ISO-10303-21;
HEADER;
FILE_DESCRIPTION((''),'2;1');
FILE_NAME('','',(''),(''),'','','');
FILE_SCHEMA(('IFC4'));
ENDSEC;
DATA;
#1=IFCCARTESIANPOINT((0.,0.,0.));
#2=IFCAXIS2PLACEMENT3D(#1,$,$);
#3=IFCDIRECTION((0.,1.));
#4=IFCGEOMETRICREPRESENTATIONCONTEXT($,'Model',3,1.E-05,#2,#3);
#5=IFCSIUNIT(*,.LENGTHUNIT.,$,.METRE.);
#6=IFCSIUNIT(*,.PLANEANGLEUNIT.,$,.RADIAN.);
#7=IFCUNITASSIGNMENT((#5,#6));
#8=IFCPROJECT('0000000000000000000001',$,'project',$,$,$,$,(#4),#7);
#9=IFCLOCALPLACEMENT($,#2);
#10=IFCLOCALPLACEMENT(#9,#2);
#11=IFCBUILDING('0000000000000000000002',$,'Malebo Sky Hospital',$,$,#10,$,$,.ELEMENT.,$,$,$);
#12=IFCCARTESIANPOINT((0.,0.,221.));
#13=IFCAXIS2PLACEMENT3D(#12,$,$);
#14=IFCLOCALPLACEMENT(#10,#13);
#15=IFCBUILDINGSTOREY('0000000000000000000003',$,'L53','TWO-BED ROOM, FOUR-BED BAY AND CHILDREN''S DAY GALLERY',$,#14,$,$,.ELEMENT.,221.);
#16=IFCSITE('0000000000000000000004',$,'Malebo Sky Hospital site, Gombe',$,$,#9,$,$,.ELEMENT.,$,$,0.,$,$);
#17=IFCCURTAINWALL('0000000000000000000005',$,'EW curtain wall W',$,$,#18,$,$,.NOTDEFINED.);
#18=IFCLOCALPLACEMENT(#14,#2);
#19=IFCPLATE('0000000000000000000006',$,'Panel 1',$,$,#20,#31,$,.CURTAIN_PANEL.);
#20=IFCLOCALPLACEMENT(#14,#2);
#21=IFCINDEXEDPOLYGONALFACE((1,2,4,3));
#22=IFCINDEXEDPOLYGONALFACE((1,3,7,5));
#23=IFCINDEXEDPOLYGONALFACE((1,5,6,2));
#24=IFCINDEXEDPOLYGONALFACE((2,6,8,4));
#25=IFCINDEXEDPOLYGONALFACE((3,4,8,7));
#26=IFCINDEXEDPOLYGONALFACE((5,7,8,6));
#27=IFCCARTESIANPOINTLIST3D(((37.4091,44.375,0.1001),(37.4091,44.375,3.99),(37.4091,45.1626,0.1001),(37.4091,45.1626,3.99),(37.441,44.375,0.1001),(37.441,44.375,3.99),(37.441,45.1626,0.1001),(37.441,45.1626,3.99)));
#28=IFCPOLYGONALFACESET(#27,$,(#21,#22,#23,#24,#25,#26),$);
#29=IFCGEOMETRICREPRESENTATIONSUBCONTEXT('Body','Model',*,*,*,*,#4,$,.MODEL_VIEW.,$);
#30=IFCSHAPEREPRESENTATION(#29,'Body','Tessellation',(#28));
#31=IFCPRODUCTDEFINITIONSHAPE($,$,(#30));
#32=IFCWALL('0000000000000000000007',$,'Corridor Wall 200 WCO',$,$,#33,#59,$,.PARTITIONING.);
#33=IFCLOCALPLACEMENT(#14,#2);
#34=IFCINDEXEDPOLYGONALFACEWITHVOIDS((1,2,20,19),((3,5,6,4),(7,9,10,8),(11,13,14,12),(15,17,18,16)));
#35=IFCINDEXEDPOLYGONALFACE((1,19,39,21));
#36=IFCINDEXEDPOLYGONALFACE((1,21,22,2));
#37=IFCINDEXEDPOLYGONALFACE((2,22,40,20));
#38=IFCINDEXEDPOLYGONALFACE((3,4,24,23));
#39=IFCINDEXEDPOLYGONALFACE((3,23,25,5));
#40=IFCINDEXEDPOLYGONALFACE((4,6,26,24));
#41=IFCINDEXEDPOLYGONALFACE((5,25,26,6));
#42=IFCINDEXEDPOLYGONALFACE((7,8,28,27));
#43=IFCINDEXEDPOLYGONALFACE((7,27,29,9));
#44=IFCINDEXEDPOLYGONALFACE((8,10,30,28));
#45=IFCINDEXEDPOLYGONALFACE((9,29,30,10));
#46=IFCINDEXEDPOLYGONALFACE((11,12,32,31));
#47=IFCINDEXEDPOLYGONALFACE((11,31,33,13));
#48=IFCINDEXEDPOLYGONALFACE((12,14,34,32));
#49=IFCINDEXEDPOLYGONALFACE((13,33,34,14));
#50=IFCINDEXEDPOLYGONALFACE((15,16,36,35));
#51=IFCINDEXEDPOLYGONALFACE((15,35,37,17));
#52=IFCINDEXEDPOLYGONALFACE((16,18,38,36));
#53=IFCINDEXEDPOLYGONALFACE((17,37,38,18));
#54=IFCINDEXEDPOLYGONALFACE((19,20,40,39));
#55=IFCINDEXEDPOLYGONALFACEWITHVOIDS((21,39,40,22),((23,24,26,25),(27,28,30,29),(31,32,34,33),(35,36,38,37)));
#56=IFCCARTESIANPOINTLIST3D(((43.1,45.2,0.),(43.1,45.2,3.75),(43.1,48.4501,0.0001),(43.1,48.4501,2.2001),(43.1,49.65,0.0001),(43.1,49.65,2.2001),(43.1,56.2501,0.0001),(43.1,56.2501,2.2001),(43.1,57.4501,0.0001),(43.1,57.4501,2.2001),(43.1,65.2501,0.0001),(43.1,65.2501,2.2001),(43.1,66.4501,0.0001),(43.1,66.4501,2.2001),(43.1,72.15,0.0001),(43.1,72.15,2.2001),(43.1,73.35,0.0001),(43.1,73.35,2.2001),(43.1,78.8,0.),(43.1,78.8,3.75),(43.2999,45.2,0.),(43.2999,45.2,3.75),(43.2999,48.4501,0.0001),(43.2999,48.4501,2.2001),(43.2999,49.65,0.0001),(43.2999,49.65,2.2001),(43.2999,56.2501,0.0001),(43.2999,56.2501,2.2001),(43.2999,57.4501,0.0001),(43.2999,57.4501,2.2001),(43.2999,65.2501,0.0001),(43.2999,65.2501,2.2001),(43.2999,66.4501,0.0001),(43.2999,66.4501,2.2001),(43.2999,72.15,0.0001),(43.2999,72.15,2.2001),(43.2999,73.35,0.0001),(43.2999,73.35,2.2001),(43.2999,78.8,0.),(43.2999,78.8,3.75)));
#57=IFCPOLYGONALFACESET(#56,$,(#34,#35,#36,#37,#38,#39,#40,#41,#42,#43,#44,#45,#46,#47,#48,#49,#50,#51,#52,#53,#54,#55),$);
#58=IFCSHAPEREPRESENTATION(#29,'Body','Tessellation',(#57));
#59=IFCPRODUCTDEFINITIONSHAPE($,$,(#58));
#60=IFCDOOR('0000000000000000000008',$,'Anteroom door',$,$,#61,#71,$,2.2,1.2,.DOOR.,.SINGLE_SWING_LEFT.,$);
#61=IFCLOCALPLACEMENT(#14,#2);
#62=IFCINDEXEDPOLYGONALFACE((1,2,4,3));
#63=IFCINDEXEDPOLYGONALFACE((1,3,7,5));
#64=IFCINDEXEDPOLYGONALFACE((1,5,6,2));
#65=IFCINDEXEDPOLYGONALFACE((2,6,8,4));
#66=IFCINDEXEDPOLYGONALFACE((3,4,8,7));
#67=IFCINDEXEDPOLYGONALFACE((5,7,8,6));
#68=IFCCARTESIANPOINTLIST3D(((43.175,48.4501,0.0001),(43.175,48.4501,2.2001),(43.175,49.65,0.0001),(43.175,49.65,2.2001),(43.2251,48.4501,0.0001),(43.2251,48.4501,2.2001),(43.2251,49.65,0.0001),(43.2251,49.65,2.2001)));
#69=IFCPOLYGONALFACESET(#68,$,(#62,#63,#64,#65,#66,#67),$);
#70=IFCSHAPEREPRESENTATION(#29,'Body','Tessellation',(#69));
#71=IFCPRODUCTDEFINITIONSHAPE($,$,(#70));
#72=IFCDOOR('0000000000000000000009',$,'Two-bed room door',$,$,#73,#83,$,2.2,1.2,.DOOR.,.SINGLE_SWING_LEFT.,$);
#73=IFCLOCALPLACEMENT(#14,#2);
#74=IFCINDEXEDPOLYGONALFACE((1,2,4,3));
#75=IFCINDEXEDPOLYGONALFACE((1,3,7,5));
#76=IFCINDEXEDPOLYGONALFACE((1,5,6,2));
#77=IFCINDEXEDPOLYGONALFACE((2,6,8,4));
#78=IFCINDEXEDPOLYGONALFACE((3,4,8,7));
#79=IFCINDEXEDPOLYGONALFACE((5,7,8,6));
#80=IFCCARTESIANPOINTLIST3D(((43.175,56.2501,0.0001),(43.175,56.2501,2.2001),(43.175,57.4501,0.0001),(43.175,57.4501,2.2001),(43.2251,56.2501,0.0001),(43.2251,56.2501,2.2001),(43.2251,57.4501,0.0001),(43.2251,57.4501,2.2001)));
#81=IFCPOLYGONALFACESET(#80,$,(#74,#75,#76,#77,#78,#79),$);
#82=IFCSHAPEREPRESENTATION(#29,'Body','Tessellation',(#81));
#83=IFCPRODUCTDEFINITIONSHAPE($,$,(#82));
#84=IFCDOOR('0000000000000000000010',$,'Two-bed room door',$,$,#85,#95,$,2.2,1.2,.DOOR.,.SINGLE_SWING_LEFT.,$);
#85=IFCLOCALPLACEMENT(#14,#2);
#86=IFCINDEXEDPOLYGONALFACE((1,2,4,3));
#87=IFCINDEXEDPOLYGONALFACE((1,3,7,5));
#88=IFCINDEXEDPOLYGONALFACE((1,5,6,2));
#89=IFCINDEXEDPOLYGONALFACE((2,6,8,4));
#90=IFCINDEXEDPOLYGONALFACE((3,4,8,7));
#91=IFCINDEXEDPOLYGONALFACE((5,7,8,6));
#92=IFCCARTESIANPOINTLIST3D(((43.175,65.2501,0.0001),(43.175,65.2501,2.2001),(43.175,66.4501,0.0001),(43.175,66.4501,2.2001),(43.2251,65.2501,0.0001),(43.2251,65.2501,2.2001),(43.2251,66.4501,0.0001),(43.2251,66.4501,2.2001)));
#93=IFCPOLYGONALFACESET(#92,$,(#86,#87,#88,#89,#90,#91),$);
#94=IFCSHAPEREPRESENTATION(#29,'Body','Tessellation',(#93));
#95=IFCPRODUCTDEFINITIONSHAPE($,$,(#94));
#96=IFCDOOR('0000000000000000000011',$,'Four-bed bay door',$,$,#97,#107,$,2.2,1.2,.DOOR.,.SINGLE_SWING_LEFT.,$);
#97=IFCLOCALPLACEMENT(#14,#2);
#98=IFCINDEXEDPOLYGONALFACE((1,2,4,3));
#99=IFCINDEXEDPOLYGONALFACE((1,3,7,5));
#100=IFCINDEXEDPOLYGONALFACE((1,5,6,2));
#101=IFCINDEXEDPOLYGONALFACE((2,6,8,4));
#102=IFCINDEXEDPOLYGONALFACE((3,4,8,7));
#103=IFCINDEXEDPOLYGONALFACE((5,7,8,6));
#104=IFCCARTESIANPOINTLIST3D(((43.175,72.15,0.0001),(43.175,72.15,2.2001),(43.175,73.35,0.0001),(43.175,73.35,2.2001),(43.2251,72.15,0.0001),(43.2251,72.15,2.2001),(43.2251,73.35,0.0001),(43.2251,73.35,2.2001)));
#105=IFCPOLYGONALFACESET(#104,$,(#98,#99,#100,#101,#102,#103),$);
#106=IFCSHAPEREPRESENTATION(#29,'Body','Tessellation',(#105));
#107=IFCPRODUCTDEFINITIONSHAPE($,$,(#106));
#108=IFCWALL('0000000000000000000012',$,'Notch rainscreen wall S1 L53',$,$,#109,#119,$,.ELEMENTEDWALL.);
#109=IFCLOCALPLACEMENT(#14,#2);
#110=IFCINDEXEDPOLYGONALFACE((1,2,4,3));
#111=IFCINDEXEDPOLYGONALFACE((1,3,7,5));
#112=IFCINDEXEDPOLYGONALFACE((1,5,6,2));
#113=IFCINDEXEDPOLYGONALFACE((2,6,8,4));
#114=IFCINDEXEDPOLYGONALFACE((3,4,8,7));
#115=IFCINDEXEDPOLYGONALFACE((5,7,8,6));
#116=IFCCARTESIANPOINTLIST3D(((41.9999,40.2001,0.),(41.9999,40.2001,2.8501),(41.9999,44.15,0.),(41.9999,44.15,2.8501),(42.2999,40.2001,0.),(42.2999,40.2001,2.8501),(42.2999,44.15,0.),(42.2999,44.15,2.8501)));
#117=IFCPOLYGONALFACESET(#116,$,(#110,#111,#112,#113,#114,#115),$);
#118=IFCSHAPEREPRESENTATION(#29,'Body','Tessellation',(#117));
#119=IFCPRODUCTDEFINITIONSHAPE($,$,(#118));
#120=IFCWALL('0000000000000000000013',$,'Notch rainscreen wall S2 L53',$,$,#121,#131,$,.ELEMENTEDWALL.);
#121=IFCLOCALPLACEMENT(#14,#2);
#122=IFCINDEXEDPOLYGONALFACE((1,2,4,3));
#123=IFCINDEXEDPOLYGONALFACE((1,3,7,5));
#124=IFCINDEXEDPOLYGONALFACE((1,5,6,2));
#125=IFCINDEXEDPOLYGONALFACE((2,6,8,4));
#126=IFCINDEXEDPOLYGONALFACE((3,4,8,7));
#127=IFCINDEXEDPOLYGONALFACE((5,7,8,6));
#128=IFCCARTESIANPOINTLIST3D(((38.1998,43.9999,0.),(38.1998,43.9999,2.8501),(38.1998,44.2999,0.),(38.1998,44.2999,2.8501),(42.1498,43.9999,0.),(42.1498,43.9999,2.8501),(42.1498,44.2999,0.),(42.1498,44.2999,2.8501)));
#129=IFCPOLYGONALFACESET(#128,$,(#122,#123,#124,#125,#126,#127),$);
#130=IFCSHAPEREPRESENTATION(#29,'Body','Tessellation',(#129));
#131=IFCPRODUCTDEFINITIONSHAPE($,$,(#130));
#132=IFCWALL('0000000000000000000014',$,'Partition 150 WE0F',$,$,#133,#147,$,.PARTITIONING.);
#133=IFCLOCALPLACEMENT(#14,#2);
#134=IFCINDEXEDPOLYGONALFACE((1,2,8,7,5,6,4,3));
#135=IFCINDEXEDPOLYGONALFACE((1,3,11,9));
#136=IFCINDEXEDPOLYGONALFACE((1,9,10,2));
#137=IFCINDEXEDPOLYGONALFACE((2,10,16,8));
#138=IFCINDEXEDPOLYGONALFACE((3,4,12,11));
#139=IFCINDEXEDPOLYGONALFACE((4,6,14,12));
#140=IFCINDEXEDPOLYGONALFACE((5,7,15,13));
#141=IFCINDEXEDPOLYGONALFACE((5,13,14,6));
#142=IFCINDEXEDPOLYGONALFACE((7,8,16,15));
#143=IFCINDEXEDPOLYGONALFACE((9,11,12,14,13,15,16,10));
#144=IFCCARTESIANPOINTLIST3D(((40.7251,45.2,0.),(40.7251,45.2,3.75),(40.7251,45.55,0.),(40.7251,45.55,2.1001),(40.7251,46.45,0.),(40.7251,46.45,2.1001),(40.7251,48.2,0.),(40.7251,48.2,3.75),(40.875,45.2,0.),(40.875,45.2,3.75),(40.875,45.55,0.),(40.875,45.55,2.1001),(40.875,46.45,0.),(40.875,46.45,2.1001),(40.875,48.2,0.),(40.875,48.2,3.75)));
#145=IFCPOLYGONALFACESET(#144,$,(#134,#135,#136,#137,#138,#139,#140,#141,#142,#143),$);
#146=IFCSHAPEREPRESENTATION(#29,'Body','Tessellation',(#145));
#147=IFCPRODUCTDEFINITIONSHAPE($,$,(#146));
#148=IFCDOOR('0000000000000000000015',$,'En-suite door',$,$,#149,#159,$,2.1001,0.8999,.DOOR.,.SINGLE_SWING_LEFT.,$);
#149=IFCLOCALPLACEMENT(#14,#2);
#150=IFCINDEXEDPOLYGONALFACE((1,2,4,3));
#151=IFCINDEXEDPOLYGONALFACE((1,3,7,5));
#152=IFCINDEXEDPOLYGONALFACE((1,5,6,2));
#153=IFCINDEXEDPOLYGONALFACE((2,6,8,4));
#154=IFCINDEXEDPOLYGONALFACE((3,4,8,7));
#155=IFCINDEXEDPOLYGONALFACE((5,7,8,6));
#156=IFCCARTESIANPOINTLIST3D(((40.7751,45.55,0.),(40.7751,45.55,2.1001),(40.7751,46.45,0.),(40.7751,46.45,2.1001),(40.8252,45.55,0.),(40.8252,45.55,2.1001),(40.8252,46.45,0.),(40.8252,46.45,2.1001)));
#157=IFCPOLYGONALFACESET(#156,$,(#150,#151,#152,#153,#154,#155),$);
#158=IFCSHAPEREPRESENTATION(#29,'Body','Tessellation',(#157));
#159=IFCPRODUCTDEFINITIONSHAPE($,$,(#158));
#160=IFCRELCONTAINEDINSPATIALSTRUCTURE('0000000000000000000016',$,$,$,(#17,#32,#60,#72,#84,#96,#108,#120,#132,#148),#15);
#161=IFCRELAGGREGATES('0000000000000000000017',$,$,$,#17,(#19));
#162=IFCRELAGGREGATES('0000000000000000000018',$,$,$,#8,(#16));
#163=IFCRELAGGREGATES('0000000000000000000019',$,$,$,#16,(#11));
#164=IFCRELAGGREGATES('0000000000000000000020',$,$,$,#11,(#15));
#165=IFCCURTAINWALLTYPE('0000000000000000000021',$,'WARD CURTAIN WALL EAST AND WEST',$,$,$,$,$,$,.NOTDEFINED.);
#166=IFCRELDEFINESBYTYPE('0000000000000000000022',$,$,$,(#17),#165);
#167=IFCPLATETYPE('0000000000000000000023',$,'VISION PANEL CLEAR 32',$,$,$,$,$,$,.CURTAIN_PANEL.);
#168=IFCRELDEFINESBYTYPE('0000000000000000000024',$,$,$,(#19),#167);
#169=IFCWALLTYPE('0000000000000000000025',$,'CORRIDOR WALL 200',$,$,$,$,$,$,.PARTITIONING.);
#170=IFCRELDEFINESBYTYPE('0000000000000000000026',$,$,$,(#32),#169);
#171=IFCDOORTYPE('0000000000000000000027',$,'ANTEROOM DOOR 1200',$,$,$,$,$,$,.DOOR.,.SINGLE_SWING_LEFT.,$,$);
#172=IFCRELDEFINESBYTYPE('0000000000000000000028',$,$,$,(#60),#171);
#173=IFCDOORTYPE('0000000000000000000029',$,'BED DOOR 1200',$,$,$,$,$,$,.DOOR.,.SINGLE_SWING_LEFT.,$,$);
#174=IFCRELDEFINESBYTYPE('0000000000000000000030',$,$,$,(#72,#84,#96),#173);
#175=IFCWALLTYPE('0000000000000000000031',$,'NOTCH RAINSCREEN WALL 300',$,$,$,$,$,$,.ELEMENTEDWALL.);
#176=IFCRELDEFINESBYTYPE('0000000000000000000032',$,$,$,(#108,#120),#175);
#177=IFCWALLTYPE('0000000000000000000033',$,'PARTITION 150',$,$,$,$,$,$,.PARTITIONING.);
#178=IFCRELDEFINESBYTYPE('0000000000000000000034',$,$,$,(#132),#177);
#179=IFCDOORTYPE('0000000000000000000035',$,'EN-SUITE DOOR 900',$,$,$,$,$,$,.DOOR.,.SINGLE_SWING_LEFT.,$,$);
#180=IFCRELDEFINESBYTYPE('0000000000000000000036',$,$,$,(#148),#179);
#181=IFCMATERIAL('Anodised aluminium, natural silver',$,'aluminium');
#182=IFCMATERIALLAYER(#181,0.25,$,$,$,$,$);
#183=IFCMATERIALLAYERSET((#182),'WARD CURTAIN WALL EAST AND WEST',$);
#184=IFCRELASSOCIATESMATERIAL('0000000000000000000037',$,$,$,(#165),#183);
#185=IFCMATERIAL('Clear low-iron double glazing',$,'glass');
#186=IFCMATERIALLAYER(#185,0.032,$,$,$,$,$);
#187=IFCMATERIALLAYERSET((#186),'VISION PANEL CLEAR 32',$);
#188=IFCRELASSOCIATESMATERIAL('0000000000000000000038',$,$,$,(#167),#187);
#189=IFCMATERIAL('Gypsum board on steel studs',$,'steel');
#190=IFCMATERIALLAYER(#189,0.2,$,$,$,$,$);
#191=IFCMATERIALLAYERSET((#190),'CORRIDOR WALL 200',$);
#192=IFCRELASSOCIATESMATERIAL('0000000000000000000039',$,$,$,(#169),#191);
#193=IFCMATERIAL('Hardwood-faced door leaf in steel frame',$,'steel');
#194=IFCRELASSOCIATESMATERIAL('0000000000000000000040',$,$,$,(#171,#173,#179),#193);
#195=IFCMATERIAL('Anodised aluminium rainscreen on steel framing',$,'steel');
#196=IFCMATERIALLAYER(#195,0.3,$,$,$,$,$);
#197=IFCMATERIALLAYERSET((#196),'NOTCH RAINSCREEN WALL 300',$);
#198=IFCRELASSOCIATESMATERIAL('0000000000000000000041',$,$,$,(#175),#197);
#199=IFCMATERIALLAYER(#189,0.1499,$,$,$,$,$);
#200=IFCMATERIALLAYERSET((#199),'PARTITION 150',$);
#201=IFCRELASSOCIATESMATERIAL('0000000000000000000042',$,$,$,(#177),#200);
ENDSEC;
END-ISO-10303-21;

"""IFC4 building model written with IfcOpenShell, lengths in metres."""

from ifc_helpers import new_model, si_unit, direction, frame, frame_2d, origin, origin_2d, place, context, subcontext, project, spatial, rectangle, extrude, material, layer, layer_set, type_object, element, fill, aggregate, save


model = new_model("IFC4")

# Units and contexts
model_context = context("Model", 3, precision=1e-05, world=origin(), true_north=direction((0.0, 1.0)))
body_context = subcontext(model_context, "Body", "Model", "MODEL_VIEW")
ifc_project = project(units=[si_unit("LENGTHUNIT", "METRE"), si_unit("PLANEANGLEUNIT", "RADIAN")], contexts=[model_context])

# Site, building, storey
site_placement = place(None, origin())
site = spatial("IfcSite", under=ifc_project, at=site_placement, Name="Malebo Sky Hospital site, Gombe", CompositionType="ELEMENT", RefElevation=0.0)
building_placement = place(site_placement, origin())
building = spatial("IfcBuilding", under=site, at=building_placement, Name="Malebo Sky Hospital", CompositionType="ELEMENT")
storey_placement = place(building_placement, frame((0.0, 0.0, 221.0)))
storey = spatial("IfcBuildingStorey", under=building, at=storey_placement, Name="L53", Description="TWO-BED ROOM, FOUR-BED BAY AND CHILDREN'S DAY GALLERY", CompositionType="ELEMENT", Elevation=221.0)

# Curtain wall
ifc_material_1 = material(Name="Anodised aluminium, natural silver", Category="aluminium")
ifc_layer_1 = layer(ifc_material_1, 0.25)
ifc_layer_set_1 = layer_set([ifc_layer_1], Name="WARD CURTAIN WALL EAST AND WEST")
curtain_wall_type_1 = type_object("IfcCurtainWallType", Name="WARD CURTAIN WALL EAST AND WEST", PredefinedType="NOTDEFINED", material=ifc_layer_set_1)
curtain_wall_1_placement = place(storey_placement, origin())
curtain_wall_1 = element("IfcCurtainWall", 1, at=curtain_wall_1_placement, inside=storey, type_object=curtain_wall_type_1, Name="EW curtain wall W", PredefinedType="NOTDEFINED")

# Plate
ifc_material_2 = material(Name="Clear low-iron double glazing", Category="glass")
ifc_layer_2 = layer(ifc_material_2, 0.032)
ifc_layer_set_2 = layer_set([ifc_layer_2], Name="VISION PANEL CLEAR 32")
plate_type = type_object("IfcPlateType", Name="VISION PANEL CLEAR 32", PredefinedType="CURTAIN_PANEL", material=ifc_layer_set_2)
plate_placement = place(storey_placement, frame((37.425, 44.7688, 0.1001), z_axis=(0.0, 0.0, 1.0), x_axis=(0.0, 1.0, 0.0)))
plate = element("IfcPlate", 2, at=plate_placement, type_object=plate_type, Name="Panel 1", PredefinedType="CURTAIN_PANEL", context=body_context, shape_type="SweptSolid", body=[
    extrude(rectangle(XDim=0.7876, YDim=0.032, at=origin_2d()), origin(), (0.0, 0.0, 1.0), 3.8899),
])
aggregate(curtain_wall_1, [plate])

# Wall, openings, doors
ifc_material_3 = material(Name="Gypsum board on steel studs", Category="steel")
ifc_layer_3 = layer(ifc_material_3, 0.2)
ifc_layer_set_3 = layer_set([ifc_layer_3], Name="CORRIDOR WALL 200")
wall_type_1 = type_object("IfcWallType", Name="CORRIDOR WALL 200", PredefinedType="PARTITIONING", material=ifc_layer_set_3)
wall_1_placement = place(storey_placement, frame((43.2, 45.2, 0.0), z_axis=(0.0, 0.0, 1.0), x_axis=(0.0, 1.0, 0.0)))
wall_1 = element("IfcWall", 3, at=wall_1_placement, inside=storey, type_object=wall_type_1, Name="Corridor Wall 200 WCO", PredefinedType="PARTITIONING", context=body_context, shape_type="SweptSolid", body=[
    extrude(rectangle(XDim=33.6001, YDim=0.2, at=frame_2d((16.8, 0.0))), origin(), (0.0, 0.0, 1.0), 3.75),
])
opening_1_placement = place(wall_1_placement, frame((3.25, 0.0, 0.0)))
opening_1 = element("IfcOpeningElement", 4, at=opening_1_placement, cuts=wall_1, PredefinedType="OPENING", context=body_context, shape_type="SweptSolid", body=[
    extrude(rectangle(XDim=1.2, YDim=2.2, at=frame_2d((0.6001, 1.1001))), frame((0.0, 0.1099, 0.0), z_axis=(0.0, -1.0, 0.0), x_axis=(1.0, 0.0, 0.0)), (0.0, 0.0, 1.0), 0.22),
])
opening_2_placement = place(wall_1_placement, frame((11.05, 0.0, 0.0)))
opening_2 = element("IfcOpeningElement", 5, at=opening_2_placement, cuts=wall_1, PredefinedType="OPENING", context=body_context, shape_type="SweptSolid", body=[
    extrude(rectangle(XDim=1.2, YDim=2.2, at=frame_2d((0.6001, 1.1001))), frame((0.0, 0.1099, 0.0), z_axis=(0.0, -1.0, 0.0), x_axis=(1.0, 0.0, 0.0)), (0.0, 0.0, 1.0), 0.22),
])
opening_3_placement = place(wall_1_placement, frame((20.05, 0.0, 0.0)))
opening_3 = element("IfcOpeningElement", 6, at=opening_3_placement, cuts=wall_1, PredefinedType="OPENING", context=body_context, shape_type="SweptSolid", body=[
    extrude(rectangle(XDim=1.2, YDim=2.2, at=frame_2d((0.6001, 1.1001))), frame((0.0, 0.1099, 0.0), z_axis=(0.0, -1.0, 0.0), x_axis=(1.0, 0.0, 0.0)), (0.0, 0.0, 1.0), 0.22),
])
opening_4_placement = place(wall_1_placement, frame((26.95, 0.0, 0.0)))
opening_4 = element("IfcOpeningElement", 7, at=opening_4_placement, cuts=wall_1, PredefinedType="OPENING", context=body_context, shape_type="SweptSolid", body=[
    extrude(rectangle(XDim=1.2, YDim=2.2, at=frame_2d((0.6001, 1.1001))), frame((0.0, 0.1099, 0.0), z_axis=(0.0, -1.0, 0.0), x_axis=(1.0, 0.0, 0.0)), (0.0, 0.0, 1.0), 0.22),
])
ifc_material_4 = material(Name="Hardwood-faced door leaf in steel frame", Category="steel")
door_type_1 = type_object("IfcDoorType", Name="ANTEROOM DOOR 1200", OperationType="SINGLE_SWING_LEFT", PredefinedType="DOOR", material=ifc_material_4)
door_1_placement = place(opening_1_placement, origin())
door_1 = element("IfcDoor", 8, at=door_1_placement, inside=storey, type_object=door_type_1, Name="Anteroom door", OperationType="SINGLE_SWING_LEFT", OverallHeight=2.2, OverallWidth=1.2, PredefinedType="DOOR", context=body_context, shape_type="SweptSolid", body=[
    extrude(rectangle(XDim=1.2, YDim=2.2, at=frame_2d((0.6001, 1.1001))), frame((0.0, 0.0249, 0.0), z_axis=(0.0, -1.0, 0.0), x_axis=(1.0, 0.0, 0.0)), (0.0, 0.0, 1.0), 0.05),
])
fill(opening_1, door_1)
door_type_2 = type_object("IfcDoorType", Name="BED DOOR 1200", OperationType="SINGLE_SWING_LEFT", PredefinedType="DOOR", material=ifc_material_4)
door_2_placement = place(opening_2_placement, origin())
door_2 = element("IfcDoor", 9, at=door_2_placement, inside=storey, type_object=door_type_2, Name="Two-bed room door", OperationType="SINGLE_SWING_LEFT", OverallHeight=2.2, OverallWidth=1.2, PredefinedType="DOOR", context=body_context, shape_type="SweptSolid", body=[
    extrude(rectangle(XDim=1.2, YDim=2.2, at=frame_2d((0.6001, 1.1001))), frame((0.0, 0.0249, 0.0), z_axis=(0.0, -1.0, 0.0), x_axis=(1.0, 0.0, 0.0)), (0.0, 0.0, 1.0), 0.05),
])
fill(opening_2, door_2)
door_3_placement = place(opening_3_placement, origin())
door_3 = element("IfcDoor", 10, at=door_3_placement, inside=storey, type_object=door_type_2, Name="Two-bed room door", OperationType="SINGLE_SWING_LEFT", OverallHeight=2.2, OverallWidth=1.2, PredefinedType="DOOR", context=body_context, shape_type="SweptSolid", body=[
    extrude(rectangle(XDim=1.2, YDim=2.2, at=frame_2d((0.6001, 1.1001))), frame((0.0, 0.0249, 0.0), z_axis=(0.0, -1.0, 0.0), x_axis=(1.0, 0.0, 0.0)), (0.0, 0.0, 1.0), 0.05),
])
fill(opening_3, door_3)
door_4_placement = place(opening_4_placement, origin())
door_4 = element("IfcDoor", 11, at=door_4_placement, inside=storey, type_object=door_type_2, Name="Four-bed bay door", OperationType="SINGLE_SWING_LEFT", OverallHeight=2.2, OverallWidth=1.2, PredefinedType="DOOR", context=body_context, shape_type="SweptSolid", body=[
    extrude(rectangle(XDim=1.2, YDim=2.2, at=frame_2d((0.6001, 1.1001))), frame((0.0, 0.0249, 0.0), z_axis=(0.0, -1.0, 0.0), x_axis=(1.0, 0.0, 0.0)), (0.0, 0.0, 1.0), 0.05),
])
fill(opening_4, door_4)

# Walls
ifc_material_5 = material(Name="Anodised aluminium rainscreen on steel framing", Category="steel")
ifc_layer_4 = layer(ifc_material_5, 0.3)
ifc_layer_set_4 = layer_set([ifc_layer_4], Name="NOTCH RAINSCREEN WALL 300")
wall_type_2 = type_object("IfcWallType", Name="NOTCH RAINSCREEN WALL 300", PredefinedType="ELEMENTEDWALL", material=ifc_layer_set_4)
for number, where, z_axis, x_axis, name in (
    (12, (42.1499, 40.2, 0.0), (0.0, 0.0, 1.0), (0.0, 1.0, 0.0), "Notch rainscreen wall S1 L53"),
    (13, (42.1499, 44.1499, 0.0), (0.0, 0.0, 1.0), (-1.0, 0.0, 0.0), "Notch rainscreen wall S2 L53"),
):
    element("IfcWall", number, at=place(storey_placement, frame(where, z_axis=z_axis, x_axis=x_axis)), inside=storey, type_object=wall_type_2, Name=name, PredefinedType="ELEMENTEDWALL", context=body_context, shape_type="SweptSolid", body=[
        extrude(rectangle(XDim=3.95, YDim=0.3, at=frame_2d((1.9751, 0.0))), origin(), (0.0, 0.0, 1.0), 2.8501),
    ])

# Wall, opening, door
ifc_layer_5 = layer(ifc_material_3, 0.1499)
ifc_layer_set_5 = layer_set([ifc_layer_5], Name="PARTITION 150")
wall_type_3 = type_object("IfcWallType", Name="PARTITION 150", PredefinedType="PARTITIONING", material=ifc_layer_set_5)
wall_2_placement = place(storey_placement, frame((40.8, 45.2, 0.0), z_axis=(0.0, 0.0, 1.0), x_axis=(0.0, 1.0, 0.0)))
wall_2 = element("IfcWall", 14, at=wall_2_placement, inside=storey, type_object=wall_type_3, Name="Partition 150 WE0F", PredefinedType="PARTITIONING", context=body_context, shape_type="SweptSolid", body=[
    extrude(rectangle(XDim=3.0, YDim=0.1499, at=frame_2d((1.5, 0.0))), origin(), (0.0, 0.0, 1.0), 3.75),
])
opening_5_placement = place(wall_2_placement, frame((0.3501, 0.0, 0.0)))
opening_5 = element("IfcOpeningElement", 15, at=opening_5_placement, cuts=wall_2, PredefinedType="OPENING", context=body_context, shape_type="SweptSolid", body=[
    extrude(rectangle(XDim=0.8999, YDim=2.1001, at=frame_2d((0.45, 1.05))), frame((0.0, 0.085, 0.0), z_axis=(0.0, -1.0, 0.0), x_axis=(1.0, 0.0, 0.0)), (0.0, 0.0, 1.0), 0.1699),
])
door_type_3 = type_object("IfcDoorType", Name="EN-SUITE DOOR 900", OperationType="SINGLE_SWING_LEFT", PredefinedType="DOOR", material=ifc_material_4)
door_5_placement = place(opening_5_placement, origin())
door_5 = element("IfcDoor", 16, at=door_5_placement, inside=storey, type_object=door_type_3, Name="En-suite door", OperationType="SINGLE_SWING_LEFT", OverallHeight=2.1001, OverallWidth=0.8999, PredefinedType="DOOR", context=body_context, shape_type="SweptSolid", body=[
    extrude(rectangle(XDim=0.8999, YDim=2.1001, at=frame_2d((0.45, 1.05))), frame((0.0, 0.0249, 0.0), z_axis=(0.0, -1.0, 0.0), x_axis=(1.0, 0.0, 0.0)), (0.0, 0.0, 1.0), 0.05),
])
fill(opening_5, door_5)

save(model, "model.ifc")
